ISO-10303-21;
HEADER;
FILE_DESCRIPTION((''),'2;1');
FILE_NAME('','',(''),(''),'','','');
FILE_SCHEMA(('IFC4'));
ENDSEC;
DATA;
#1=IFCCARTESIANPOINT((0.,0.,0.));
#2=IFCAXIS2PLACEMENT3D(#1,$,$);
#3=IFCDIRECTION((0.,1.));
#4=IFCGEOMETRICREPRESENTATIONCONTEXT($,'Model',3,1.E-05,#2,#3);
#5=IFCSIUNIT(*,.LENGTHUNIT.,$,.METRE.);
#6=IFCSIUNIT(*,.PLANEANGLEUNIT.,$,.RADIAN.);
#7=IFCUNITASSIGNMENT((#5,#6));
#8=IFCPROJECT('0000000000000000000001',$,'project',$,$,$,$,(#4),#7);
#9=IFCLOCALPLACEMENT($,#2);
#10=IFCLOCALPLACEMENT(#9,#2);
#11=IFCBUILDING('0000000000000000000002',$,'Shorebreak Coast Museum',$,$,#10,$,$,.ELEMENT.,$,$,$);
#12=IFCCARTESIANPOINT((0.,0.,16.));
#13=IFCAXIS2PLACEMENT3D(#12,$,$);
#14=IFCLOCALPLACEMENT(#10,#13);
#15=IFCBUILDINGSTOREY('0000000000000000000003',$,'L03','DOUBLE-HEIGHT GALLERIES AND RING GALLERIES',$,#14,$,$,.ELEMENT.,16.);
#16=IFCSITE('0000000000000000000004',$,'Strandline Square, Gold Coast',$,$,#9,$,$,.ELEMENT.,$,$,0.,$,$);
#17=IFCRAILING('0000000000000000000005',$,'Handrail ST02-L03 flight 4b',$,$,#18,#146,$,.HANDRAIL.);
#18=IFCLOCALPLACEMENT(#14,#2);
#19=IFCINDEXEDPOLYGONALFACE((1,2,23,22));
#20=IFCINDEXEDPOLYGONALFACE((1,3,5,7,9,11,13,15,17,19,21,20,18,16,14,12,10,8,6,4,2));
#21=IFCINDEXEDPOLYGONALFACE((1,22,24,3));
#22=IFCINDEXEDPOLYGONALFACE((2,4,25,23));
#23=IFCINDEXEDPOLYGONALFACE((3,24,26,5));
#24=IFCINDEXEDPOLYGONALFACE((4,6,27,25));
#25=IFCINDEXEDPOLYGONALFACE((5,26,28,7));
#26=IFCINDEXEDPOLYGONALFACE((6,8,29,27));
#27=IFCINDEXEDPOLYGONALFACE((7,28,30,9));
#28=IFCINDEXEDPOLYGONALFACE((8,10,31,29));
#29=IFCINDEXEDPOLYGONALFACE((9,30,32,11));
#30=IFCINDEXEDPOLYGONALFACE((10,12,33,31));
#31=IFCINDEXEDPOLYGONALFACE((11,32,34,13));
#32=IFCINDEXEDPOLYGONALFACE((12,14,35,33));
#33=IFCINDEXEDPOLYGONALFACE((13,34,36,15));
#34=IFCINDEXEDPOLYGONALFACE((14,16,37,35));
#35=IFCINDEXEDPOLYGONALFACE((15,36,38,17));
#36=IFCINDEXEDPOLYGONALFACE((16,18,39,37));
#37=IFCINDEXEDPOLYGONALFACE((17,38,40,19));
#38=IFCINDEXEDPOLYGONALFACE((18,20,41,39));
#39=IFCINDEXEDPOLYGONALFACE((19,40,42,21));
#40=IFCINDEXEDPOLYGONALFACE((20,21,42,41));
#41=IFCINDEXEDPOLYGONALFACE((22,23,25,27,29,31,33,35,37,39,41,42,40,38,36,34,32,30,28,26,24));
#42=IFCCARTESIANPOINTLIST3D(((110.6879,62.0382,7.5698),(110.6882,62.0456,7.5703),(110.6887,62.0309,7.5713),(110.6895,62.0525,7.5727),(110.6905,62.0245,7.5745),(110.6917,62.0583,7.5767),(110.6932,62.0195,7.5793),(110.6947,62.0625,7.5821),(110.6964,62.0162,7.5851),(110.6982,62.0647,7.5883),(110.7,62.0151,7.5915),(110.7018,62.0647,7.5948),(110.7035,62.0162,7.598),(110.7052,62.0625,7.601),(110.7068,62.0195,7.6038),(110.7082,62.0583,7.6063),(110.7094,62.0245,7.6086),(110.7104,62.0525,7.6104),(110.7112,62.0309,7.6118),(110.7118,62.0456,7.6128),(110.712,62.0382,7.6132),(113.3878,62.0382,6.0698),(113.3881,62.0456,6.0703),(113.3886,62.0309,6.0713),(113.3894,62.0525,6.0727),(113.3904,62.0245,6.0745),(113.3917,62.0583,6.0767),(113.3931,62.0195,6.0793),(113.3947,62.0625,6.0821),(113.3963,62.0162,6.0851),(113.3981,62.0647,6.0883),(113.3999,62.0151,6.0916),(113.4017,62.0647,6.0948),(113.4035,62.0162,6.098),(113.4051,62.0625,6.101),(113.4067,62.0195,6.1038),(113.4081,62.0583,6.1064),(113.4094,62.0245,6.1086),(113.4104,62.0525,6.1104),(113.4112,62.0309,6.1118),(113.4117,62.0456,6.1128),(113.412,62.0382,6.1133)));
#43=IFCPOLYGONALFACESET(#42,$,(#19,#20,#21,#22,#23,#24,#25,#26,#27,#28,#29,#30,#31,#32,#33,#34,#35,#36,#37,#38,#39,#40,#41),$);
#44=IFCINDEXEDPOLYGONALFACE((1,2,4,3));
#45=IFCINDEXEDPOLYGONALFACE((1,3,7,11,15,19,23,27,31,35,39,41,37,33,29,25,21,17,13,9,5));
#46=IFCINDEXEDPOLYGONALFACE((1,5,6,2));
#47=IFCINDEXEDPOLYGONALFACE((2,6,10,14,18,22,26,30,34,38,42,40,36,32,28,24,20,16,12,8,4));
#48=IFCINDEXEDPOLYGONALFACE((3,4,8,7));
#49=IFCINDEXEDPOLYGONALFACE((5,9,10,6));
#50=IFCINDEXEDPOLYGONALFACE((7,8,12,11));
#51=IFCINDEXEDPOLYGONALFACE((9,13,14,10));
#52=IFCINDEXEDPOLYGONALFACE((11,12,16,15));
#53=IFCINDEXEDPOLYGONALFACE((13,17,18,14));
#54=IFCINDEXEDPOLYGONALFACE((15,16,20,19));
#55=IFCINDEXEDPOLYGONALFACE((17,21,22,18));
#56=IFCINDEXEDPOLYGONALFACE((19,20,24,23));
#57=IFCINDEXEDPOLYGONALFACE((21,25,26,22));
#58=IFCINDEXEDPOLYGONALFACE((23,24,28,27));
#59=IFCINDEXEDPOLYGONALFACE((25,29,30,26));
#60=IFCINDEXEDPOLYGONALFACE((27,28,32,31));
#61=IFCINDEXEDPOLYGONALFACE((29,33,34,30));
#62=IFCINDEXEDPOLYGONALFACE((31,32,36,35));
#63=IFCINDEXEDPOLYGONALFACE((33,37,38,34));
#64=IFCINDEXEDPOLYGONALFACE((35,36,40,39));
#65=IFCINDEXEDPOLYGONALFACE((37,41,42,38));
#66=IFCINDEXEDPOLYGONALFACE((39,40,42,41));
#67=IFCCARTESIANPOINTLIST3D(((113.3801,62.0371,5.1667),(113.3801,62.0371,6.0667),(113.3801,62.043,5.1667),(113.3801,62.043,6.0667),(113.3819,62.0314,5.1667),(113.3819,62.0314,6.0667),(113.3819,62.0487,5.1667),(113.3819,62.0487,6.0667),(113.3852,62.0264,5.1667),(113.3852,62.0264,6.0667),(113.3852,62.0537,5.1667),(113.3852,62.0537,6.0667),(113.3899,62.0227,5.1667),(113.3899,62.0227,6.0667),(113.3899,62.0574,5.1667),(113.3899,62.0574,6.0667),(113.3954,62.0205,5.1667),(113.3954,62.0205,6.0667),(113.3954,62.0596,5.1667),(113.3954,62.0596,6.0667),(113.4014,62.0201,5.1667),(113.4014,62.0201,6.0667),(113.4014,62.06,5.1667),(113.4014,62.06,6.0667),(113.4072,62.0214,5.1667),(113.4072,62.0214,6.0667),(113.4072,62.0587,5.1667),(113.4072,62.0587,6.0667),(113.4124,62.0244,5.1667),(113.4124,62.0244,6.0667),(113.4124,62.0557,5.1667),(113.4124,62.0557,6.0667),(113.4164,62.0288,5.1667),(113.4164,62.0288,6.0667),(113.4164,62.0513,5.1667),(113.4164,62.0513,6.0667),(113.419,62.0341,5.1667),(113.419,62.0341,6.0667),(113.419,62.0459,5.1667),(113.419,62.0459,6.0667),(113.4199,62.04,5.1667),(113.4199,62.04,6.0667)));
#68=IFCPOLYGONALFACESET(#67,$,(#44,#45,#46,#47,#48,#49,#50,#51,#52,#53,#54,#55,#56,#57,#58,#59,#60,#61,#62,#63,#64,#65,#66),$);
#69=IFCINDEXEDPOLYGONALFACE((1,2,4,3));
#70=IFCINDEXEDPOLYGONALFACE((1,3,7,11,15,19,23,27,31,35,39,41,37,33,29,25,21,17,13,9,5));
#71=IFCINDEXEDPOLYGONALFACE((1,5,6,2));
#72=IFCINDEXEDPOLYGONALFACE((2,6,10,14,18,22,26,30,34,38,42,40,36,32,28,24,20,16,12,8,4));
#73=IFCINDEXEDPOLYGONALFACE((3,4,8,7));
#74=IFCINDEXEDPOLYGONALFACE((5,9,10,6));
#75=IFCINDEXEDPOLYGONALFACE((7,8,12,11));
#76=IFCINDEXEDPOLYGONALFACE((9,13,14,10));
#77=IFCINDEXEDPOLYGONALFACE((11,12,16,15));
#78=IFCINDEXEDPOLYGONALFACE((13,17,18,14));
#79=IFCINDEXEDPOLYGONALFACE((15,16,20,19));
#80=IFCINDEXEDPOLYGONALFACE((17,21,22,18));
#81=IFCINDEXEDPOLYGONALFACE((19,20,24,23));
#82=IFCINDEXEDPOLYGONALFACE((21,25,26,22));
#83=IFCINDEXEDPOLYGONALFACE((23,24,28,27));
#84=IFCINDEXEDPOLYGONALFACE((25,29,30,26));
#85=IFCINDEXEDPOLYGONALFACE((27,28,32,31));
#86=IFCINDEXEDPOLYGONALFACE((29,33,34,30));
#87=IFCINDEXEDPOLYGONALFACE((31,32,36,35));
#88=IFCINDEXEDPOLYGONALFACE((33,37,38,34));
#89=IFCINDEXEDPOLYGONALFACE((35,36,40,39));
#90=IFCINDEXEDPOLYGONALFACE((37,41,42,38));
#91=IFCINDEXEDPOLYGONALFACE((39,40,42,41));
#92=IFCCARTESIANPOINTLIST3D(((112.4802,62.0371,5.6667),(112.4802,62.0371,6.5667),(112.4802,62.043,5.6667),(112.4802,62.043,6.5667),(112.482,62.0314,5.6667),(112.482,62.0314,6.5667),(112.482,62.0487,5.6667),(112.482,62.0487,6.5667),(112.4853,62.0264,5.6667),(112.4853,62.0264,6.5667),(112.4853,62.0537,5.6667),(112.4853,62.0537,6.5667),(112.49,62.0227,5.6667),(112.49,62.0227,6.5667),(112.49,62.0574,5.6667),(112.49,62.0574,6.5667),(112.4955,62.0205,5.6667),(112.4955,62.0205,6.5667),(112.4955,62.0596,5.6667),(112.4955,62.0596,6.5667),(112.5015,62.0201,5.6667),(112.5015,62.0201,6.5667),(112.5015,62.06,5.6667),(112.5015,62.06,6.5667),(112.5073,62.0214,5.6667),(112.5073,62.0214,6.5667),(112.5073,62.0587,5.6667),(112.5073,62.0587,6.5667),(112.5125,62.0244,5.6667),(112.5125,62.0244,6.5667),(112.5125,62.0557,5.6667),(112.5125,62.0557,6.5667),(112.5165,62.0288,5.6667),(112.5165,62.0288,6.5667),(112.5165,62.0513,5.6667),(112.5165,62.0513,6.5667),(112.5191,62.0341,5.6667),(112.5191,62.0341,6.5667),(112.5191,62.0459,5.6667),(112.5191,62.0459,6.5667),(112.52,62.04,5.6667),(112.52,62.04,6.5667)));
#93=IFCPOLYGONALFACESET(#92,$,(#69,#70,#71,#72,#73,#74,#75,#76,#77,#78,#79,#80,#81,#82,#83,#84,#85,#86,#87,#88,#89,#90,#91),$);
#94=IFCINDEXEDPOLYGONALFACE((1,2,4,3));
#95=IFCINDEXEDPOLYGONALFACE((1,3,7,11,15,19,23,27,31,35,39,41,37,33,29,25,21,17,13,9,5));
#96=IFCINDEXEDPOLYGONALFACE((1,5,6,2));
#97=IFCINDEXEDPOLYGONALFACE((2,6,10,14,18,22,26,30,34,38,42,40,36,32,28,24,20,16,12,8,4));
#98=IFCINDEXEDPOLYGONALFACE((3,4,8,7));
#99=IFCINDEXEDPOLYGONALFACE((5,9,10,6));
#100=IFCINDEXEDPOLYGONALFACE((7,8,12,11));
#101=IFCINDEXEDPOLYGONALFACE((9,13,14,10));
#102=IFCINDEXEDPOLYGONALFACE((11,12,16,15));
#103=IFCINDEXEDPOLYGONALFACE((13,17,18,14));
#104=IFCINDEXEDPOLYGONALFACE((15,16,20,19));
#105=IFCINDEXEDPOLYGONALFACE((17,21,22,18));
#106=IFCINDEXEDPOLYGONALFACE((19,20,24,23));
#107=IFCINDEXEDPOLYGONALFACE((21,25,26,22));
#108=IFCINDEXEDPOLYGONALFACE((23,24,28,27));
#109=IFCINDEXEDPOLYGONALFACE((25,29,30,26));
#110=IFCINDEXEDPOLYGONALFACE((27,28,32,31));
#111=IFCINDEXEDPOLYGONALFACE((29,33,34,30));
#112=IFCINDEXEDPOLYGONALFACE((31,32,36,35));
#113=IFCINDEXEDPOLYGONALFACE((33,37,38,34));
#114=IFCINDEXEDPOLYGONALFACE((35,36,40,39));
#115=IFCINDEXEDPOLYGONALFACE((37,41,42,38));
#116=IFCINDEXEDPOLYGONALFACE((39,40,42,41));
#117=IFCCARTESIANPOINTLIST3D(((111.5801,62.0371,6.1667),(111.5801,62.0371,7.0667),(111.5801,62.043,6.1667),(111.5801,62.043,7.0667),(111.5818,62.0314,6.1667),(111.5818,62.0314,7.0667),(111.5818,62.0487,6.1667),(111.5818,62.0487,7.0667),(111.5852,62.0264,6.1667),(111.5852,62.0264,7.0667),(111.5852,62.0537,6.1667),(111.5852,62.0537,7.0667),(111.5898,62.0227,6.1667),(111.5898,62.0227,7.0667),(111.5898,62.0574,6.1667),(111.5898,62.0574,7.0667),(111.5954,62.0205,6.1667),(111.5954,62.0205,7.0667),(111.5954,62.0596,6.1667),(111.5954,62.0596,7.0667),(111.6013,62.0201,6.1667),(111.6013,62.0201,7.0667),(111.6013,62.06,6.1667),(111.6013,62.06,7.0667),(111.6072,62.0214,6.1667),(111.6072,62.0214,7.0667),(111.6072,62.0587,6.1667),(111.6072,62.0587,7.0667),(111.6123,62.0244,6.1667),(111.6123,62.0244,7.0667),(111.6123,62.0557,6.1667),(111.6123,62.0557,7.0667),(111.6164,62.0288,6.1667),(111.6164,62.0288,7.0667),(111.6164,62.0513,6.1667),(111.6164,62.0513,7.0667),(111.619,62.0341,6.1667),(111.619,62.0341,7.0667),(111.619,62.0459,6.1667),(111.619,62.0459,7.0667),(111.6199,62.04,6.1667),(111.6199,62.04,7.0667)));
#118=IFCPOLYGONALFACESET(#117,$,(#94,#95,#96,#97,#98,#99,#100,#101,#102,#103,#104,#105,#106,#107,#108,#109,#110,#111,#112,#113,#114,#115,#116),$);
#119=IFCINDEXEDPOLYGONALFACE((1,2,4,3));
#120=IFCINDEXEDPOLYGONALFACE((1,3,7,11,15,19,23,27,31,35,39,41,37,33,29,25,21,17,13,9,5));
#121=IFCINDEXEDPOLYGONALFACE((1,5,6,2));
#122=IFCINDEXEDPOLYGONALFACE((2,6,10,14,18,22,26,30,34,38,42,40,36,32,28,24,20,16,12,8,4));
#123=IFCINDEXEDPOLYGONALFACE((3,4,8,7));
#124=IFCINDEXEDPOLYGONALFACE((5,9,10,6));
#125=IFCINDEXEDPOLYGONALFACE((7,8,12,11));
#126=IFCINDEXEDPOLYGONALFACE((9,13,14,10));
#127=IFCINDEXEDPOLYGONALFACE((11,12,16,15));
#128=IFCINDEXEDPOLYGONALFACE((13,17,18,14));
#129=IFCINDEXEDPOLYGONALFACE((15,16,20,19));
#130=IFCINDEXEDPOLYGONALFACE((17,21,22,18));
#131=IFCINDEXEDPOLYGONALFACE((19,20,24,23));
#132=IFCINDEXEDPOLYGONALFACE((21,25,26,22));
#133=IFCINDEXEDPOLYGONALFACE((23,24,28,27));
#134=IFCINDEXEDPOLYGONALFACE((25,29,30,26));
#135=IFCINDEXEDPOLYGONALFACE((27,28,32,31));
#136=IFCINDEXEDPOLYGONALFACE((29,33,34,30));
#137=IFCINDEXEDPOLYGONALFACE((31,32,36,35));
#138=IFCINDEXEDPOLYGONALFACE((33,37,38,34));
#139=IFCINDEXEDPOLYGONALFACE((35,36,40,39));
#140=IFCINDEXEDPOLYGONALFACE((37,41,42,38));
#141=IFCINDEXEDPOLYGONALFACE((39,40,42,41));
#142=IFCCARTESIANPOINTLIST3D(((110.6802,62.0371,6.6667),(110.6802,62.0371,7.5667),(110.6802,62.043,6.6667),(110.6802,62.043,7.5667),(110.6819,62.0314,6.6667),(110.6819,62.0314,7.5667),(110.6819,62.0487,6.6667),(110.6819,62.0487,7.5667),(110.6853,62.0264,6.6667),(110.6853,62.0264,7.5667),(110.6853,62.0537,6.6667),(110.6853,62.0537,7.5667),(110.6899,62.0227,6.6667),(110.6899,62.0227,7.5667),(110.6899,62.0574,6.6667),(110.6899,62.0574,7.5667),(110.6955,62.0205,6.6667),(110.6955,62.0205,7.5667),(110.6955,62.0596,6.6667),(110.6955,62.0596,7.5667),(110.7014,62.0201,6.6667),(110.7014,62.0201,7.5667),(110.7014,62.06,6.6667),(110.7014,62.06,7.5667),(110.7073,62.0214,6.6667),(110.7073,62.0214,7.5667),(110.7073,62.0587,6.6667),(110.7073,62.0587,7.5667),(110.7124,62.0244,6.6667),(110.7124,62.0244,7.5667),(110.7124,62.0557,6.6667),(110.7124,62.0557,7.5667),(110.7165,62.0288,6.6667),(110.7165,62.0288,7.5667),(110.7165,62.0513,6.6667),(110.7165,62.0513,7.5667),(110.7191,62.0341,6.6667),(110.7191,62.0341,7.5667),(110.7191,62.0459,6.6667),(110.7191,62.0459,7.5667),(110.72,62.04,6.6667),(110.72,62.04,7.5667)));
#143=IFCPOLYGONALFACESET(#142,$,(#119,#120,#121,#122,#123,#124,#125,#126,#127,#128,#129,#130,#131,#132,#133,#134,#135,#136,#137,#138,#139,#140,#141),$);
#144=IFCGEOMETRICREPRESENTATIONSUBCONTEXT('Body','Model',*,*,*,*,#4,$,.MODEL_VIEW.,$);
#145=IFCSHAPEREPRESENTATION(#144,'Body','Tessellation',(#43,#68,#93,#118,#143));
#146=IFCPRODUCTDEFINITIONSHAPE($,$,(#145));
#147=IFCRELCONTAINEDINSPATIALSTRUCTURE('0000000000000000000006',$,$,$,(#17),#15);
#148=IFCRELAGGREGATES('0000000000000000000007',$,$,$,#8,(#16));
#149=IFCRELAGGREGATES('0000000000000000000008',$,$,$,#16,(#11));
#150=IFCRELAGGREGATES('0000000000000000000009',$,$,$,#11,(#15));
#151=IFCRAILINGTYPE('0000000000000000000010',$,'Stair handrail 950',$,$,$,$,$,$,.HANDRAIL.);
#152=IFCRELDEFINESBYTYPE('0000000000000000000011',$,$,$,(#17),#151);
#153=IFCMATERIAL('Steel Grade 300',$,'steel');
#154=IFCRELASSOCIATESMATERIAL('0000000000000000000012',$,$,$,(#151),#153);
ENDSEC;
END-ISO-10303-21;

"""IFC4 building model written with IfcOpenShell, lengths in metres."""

from ifc_helpers import new_model, si_unit, direction, frame, origin, origin_2d, place, context, subcontext, project, spatial, circle, extrude, material, type_object, element, save


model = new_model("IFC4")

# Units and contexts
model_context = context("Model", 3, precision=1e-05, world=origin(), true_north=direction((0.0, 1.0)))
body_context = subcontext(model_context, "Body", "Model", "MODEL_VIEW")
ifc_project = project(units=[si_unit("LENGTHUNIT", "METRE"), si_unit("PLANEANGLEUNIT", "RADIAN")], contexts=[model_context])

# Site, building, storey
site_placement = place(None, origin())
site = spatial("IfcSite", under=ifc_project, at=site_placement, Name="Strandline Square, Gold Coast", CompositionType="ELEMENT", RefElevation=0.0)
building_placement = place(site_placement, origin())
building = spatial("IfcBuilding", under=site, at=building_placement, Name="Shorebreak Coast Museum", CompositionType="ELEMENT")
storey_placement = place(building_placement, frame((0.0, 0.0, 16.0)))
storey = spatial("IfcBuildingStorey", under=building, at=storey_placement, Name="L03", Description="DOUBLE-HEIGHT GALLERIES AND RING GALLERIES", CompositionType="ELEMENT", Elevation=16.0)

# Railing
ifc_material_1 = material(Name="Steel Grade 300", Category="steel")
railing_type_1 = type_object("IfcRailingType", Name="Stair handrail 950", PredefinedType="HANDRAIL", material=ifc_material_1)
for number, where, name in (
    (1, (113.3999, 62.04, 5.1667), "Handrail ST02-L03 flight 4b"),
):
    element("IfcRailing", number, at=place(storey_placement, frame(where)), inside=storey, type_object=railing_type_1, Name=name, PredefinedType="HANDRAIL", context=body_context, shape_type="SweptSolid", body=[
        extrude(circle(Radius=0.0249, at=origin_2d()), frame((0.0, 0.0, 0.9248), z_axis=(-0.874154, 0.0, 0.48565), x_axis=(0.0, -1.0, 0.0)), (0.0, 0.0, 1.0), 3.0886),
        extrude(circle(Radius=0.02, at=origin_2d()), origin(), (0.0, 0.0, 1.0), 0.8999),
        extrude(circle(Radius=0.02, at=origin_2d()), frame((-0.8999, 0.0, 0.5)), (0.0, 0.0, 1.0), 0.8999),
        extrude(circle(Radius=0.02, at=origin_2d()), frame((-1.8, 0.0, 1.0)), (0.0, 0.0, 1.0), 0.8999),
        extrude(circle(Radius=0.02, at=origin_2d()), frame((-2.7, 0.0, 1.5)), (0.0, 0.0, 1.0), 0.8999),
    ])

save(model, "model.ifc")
